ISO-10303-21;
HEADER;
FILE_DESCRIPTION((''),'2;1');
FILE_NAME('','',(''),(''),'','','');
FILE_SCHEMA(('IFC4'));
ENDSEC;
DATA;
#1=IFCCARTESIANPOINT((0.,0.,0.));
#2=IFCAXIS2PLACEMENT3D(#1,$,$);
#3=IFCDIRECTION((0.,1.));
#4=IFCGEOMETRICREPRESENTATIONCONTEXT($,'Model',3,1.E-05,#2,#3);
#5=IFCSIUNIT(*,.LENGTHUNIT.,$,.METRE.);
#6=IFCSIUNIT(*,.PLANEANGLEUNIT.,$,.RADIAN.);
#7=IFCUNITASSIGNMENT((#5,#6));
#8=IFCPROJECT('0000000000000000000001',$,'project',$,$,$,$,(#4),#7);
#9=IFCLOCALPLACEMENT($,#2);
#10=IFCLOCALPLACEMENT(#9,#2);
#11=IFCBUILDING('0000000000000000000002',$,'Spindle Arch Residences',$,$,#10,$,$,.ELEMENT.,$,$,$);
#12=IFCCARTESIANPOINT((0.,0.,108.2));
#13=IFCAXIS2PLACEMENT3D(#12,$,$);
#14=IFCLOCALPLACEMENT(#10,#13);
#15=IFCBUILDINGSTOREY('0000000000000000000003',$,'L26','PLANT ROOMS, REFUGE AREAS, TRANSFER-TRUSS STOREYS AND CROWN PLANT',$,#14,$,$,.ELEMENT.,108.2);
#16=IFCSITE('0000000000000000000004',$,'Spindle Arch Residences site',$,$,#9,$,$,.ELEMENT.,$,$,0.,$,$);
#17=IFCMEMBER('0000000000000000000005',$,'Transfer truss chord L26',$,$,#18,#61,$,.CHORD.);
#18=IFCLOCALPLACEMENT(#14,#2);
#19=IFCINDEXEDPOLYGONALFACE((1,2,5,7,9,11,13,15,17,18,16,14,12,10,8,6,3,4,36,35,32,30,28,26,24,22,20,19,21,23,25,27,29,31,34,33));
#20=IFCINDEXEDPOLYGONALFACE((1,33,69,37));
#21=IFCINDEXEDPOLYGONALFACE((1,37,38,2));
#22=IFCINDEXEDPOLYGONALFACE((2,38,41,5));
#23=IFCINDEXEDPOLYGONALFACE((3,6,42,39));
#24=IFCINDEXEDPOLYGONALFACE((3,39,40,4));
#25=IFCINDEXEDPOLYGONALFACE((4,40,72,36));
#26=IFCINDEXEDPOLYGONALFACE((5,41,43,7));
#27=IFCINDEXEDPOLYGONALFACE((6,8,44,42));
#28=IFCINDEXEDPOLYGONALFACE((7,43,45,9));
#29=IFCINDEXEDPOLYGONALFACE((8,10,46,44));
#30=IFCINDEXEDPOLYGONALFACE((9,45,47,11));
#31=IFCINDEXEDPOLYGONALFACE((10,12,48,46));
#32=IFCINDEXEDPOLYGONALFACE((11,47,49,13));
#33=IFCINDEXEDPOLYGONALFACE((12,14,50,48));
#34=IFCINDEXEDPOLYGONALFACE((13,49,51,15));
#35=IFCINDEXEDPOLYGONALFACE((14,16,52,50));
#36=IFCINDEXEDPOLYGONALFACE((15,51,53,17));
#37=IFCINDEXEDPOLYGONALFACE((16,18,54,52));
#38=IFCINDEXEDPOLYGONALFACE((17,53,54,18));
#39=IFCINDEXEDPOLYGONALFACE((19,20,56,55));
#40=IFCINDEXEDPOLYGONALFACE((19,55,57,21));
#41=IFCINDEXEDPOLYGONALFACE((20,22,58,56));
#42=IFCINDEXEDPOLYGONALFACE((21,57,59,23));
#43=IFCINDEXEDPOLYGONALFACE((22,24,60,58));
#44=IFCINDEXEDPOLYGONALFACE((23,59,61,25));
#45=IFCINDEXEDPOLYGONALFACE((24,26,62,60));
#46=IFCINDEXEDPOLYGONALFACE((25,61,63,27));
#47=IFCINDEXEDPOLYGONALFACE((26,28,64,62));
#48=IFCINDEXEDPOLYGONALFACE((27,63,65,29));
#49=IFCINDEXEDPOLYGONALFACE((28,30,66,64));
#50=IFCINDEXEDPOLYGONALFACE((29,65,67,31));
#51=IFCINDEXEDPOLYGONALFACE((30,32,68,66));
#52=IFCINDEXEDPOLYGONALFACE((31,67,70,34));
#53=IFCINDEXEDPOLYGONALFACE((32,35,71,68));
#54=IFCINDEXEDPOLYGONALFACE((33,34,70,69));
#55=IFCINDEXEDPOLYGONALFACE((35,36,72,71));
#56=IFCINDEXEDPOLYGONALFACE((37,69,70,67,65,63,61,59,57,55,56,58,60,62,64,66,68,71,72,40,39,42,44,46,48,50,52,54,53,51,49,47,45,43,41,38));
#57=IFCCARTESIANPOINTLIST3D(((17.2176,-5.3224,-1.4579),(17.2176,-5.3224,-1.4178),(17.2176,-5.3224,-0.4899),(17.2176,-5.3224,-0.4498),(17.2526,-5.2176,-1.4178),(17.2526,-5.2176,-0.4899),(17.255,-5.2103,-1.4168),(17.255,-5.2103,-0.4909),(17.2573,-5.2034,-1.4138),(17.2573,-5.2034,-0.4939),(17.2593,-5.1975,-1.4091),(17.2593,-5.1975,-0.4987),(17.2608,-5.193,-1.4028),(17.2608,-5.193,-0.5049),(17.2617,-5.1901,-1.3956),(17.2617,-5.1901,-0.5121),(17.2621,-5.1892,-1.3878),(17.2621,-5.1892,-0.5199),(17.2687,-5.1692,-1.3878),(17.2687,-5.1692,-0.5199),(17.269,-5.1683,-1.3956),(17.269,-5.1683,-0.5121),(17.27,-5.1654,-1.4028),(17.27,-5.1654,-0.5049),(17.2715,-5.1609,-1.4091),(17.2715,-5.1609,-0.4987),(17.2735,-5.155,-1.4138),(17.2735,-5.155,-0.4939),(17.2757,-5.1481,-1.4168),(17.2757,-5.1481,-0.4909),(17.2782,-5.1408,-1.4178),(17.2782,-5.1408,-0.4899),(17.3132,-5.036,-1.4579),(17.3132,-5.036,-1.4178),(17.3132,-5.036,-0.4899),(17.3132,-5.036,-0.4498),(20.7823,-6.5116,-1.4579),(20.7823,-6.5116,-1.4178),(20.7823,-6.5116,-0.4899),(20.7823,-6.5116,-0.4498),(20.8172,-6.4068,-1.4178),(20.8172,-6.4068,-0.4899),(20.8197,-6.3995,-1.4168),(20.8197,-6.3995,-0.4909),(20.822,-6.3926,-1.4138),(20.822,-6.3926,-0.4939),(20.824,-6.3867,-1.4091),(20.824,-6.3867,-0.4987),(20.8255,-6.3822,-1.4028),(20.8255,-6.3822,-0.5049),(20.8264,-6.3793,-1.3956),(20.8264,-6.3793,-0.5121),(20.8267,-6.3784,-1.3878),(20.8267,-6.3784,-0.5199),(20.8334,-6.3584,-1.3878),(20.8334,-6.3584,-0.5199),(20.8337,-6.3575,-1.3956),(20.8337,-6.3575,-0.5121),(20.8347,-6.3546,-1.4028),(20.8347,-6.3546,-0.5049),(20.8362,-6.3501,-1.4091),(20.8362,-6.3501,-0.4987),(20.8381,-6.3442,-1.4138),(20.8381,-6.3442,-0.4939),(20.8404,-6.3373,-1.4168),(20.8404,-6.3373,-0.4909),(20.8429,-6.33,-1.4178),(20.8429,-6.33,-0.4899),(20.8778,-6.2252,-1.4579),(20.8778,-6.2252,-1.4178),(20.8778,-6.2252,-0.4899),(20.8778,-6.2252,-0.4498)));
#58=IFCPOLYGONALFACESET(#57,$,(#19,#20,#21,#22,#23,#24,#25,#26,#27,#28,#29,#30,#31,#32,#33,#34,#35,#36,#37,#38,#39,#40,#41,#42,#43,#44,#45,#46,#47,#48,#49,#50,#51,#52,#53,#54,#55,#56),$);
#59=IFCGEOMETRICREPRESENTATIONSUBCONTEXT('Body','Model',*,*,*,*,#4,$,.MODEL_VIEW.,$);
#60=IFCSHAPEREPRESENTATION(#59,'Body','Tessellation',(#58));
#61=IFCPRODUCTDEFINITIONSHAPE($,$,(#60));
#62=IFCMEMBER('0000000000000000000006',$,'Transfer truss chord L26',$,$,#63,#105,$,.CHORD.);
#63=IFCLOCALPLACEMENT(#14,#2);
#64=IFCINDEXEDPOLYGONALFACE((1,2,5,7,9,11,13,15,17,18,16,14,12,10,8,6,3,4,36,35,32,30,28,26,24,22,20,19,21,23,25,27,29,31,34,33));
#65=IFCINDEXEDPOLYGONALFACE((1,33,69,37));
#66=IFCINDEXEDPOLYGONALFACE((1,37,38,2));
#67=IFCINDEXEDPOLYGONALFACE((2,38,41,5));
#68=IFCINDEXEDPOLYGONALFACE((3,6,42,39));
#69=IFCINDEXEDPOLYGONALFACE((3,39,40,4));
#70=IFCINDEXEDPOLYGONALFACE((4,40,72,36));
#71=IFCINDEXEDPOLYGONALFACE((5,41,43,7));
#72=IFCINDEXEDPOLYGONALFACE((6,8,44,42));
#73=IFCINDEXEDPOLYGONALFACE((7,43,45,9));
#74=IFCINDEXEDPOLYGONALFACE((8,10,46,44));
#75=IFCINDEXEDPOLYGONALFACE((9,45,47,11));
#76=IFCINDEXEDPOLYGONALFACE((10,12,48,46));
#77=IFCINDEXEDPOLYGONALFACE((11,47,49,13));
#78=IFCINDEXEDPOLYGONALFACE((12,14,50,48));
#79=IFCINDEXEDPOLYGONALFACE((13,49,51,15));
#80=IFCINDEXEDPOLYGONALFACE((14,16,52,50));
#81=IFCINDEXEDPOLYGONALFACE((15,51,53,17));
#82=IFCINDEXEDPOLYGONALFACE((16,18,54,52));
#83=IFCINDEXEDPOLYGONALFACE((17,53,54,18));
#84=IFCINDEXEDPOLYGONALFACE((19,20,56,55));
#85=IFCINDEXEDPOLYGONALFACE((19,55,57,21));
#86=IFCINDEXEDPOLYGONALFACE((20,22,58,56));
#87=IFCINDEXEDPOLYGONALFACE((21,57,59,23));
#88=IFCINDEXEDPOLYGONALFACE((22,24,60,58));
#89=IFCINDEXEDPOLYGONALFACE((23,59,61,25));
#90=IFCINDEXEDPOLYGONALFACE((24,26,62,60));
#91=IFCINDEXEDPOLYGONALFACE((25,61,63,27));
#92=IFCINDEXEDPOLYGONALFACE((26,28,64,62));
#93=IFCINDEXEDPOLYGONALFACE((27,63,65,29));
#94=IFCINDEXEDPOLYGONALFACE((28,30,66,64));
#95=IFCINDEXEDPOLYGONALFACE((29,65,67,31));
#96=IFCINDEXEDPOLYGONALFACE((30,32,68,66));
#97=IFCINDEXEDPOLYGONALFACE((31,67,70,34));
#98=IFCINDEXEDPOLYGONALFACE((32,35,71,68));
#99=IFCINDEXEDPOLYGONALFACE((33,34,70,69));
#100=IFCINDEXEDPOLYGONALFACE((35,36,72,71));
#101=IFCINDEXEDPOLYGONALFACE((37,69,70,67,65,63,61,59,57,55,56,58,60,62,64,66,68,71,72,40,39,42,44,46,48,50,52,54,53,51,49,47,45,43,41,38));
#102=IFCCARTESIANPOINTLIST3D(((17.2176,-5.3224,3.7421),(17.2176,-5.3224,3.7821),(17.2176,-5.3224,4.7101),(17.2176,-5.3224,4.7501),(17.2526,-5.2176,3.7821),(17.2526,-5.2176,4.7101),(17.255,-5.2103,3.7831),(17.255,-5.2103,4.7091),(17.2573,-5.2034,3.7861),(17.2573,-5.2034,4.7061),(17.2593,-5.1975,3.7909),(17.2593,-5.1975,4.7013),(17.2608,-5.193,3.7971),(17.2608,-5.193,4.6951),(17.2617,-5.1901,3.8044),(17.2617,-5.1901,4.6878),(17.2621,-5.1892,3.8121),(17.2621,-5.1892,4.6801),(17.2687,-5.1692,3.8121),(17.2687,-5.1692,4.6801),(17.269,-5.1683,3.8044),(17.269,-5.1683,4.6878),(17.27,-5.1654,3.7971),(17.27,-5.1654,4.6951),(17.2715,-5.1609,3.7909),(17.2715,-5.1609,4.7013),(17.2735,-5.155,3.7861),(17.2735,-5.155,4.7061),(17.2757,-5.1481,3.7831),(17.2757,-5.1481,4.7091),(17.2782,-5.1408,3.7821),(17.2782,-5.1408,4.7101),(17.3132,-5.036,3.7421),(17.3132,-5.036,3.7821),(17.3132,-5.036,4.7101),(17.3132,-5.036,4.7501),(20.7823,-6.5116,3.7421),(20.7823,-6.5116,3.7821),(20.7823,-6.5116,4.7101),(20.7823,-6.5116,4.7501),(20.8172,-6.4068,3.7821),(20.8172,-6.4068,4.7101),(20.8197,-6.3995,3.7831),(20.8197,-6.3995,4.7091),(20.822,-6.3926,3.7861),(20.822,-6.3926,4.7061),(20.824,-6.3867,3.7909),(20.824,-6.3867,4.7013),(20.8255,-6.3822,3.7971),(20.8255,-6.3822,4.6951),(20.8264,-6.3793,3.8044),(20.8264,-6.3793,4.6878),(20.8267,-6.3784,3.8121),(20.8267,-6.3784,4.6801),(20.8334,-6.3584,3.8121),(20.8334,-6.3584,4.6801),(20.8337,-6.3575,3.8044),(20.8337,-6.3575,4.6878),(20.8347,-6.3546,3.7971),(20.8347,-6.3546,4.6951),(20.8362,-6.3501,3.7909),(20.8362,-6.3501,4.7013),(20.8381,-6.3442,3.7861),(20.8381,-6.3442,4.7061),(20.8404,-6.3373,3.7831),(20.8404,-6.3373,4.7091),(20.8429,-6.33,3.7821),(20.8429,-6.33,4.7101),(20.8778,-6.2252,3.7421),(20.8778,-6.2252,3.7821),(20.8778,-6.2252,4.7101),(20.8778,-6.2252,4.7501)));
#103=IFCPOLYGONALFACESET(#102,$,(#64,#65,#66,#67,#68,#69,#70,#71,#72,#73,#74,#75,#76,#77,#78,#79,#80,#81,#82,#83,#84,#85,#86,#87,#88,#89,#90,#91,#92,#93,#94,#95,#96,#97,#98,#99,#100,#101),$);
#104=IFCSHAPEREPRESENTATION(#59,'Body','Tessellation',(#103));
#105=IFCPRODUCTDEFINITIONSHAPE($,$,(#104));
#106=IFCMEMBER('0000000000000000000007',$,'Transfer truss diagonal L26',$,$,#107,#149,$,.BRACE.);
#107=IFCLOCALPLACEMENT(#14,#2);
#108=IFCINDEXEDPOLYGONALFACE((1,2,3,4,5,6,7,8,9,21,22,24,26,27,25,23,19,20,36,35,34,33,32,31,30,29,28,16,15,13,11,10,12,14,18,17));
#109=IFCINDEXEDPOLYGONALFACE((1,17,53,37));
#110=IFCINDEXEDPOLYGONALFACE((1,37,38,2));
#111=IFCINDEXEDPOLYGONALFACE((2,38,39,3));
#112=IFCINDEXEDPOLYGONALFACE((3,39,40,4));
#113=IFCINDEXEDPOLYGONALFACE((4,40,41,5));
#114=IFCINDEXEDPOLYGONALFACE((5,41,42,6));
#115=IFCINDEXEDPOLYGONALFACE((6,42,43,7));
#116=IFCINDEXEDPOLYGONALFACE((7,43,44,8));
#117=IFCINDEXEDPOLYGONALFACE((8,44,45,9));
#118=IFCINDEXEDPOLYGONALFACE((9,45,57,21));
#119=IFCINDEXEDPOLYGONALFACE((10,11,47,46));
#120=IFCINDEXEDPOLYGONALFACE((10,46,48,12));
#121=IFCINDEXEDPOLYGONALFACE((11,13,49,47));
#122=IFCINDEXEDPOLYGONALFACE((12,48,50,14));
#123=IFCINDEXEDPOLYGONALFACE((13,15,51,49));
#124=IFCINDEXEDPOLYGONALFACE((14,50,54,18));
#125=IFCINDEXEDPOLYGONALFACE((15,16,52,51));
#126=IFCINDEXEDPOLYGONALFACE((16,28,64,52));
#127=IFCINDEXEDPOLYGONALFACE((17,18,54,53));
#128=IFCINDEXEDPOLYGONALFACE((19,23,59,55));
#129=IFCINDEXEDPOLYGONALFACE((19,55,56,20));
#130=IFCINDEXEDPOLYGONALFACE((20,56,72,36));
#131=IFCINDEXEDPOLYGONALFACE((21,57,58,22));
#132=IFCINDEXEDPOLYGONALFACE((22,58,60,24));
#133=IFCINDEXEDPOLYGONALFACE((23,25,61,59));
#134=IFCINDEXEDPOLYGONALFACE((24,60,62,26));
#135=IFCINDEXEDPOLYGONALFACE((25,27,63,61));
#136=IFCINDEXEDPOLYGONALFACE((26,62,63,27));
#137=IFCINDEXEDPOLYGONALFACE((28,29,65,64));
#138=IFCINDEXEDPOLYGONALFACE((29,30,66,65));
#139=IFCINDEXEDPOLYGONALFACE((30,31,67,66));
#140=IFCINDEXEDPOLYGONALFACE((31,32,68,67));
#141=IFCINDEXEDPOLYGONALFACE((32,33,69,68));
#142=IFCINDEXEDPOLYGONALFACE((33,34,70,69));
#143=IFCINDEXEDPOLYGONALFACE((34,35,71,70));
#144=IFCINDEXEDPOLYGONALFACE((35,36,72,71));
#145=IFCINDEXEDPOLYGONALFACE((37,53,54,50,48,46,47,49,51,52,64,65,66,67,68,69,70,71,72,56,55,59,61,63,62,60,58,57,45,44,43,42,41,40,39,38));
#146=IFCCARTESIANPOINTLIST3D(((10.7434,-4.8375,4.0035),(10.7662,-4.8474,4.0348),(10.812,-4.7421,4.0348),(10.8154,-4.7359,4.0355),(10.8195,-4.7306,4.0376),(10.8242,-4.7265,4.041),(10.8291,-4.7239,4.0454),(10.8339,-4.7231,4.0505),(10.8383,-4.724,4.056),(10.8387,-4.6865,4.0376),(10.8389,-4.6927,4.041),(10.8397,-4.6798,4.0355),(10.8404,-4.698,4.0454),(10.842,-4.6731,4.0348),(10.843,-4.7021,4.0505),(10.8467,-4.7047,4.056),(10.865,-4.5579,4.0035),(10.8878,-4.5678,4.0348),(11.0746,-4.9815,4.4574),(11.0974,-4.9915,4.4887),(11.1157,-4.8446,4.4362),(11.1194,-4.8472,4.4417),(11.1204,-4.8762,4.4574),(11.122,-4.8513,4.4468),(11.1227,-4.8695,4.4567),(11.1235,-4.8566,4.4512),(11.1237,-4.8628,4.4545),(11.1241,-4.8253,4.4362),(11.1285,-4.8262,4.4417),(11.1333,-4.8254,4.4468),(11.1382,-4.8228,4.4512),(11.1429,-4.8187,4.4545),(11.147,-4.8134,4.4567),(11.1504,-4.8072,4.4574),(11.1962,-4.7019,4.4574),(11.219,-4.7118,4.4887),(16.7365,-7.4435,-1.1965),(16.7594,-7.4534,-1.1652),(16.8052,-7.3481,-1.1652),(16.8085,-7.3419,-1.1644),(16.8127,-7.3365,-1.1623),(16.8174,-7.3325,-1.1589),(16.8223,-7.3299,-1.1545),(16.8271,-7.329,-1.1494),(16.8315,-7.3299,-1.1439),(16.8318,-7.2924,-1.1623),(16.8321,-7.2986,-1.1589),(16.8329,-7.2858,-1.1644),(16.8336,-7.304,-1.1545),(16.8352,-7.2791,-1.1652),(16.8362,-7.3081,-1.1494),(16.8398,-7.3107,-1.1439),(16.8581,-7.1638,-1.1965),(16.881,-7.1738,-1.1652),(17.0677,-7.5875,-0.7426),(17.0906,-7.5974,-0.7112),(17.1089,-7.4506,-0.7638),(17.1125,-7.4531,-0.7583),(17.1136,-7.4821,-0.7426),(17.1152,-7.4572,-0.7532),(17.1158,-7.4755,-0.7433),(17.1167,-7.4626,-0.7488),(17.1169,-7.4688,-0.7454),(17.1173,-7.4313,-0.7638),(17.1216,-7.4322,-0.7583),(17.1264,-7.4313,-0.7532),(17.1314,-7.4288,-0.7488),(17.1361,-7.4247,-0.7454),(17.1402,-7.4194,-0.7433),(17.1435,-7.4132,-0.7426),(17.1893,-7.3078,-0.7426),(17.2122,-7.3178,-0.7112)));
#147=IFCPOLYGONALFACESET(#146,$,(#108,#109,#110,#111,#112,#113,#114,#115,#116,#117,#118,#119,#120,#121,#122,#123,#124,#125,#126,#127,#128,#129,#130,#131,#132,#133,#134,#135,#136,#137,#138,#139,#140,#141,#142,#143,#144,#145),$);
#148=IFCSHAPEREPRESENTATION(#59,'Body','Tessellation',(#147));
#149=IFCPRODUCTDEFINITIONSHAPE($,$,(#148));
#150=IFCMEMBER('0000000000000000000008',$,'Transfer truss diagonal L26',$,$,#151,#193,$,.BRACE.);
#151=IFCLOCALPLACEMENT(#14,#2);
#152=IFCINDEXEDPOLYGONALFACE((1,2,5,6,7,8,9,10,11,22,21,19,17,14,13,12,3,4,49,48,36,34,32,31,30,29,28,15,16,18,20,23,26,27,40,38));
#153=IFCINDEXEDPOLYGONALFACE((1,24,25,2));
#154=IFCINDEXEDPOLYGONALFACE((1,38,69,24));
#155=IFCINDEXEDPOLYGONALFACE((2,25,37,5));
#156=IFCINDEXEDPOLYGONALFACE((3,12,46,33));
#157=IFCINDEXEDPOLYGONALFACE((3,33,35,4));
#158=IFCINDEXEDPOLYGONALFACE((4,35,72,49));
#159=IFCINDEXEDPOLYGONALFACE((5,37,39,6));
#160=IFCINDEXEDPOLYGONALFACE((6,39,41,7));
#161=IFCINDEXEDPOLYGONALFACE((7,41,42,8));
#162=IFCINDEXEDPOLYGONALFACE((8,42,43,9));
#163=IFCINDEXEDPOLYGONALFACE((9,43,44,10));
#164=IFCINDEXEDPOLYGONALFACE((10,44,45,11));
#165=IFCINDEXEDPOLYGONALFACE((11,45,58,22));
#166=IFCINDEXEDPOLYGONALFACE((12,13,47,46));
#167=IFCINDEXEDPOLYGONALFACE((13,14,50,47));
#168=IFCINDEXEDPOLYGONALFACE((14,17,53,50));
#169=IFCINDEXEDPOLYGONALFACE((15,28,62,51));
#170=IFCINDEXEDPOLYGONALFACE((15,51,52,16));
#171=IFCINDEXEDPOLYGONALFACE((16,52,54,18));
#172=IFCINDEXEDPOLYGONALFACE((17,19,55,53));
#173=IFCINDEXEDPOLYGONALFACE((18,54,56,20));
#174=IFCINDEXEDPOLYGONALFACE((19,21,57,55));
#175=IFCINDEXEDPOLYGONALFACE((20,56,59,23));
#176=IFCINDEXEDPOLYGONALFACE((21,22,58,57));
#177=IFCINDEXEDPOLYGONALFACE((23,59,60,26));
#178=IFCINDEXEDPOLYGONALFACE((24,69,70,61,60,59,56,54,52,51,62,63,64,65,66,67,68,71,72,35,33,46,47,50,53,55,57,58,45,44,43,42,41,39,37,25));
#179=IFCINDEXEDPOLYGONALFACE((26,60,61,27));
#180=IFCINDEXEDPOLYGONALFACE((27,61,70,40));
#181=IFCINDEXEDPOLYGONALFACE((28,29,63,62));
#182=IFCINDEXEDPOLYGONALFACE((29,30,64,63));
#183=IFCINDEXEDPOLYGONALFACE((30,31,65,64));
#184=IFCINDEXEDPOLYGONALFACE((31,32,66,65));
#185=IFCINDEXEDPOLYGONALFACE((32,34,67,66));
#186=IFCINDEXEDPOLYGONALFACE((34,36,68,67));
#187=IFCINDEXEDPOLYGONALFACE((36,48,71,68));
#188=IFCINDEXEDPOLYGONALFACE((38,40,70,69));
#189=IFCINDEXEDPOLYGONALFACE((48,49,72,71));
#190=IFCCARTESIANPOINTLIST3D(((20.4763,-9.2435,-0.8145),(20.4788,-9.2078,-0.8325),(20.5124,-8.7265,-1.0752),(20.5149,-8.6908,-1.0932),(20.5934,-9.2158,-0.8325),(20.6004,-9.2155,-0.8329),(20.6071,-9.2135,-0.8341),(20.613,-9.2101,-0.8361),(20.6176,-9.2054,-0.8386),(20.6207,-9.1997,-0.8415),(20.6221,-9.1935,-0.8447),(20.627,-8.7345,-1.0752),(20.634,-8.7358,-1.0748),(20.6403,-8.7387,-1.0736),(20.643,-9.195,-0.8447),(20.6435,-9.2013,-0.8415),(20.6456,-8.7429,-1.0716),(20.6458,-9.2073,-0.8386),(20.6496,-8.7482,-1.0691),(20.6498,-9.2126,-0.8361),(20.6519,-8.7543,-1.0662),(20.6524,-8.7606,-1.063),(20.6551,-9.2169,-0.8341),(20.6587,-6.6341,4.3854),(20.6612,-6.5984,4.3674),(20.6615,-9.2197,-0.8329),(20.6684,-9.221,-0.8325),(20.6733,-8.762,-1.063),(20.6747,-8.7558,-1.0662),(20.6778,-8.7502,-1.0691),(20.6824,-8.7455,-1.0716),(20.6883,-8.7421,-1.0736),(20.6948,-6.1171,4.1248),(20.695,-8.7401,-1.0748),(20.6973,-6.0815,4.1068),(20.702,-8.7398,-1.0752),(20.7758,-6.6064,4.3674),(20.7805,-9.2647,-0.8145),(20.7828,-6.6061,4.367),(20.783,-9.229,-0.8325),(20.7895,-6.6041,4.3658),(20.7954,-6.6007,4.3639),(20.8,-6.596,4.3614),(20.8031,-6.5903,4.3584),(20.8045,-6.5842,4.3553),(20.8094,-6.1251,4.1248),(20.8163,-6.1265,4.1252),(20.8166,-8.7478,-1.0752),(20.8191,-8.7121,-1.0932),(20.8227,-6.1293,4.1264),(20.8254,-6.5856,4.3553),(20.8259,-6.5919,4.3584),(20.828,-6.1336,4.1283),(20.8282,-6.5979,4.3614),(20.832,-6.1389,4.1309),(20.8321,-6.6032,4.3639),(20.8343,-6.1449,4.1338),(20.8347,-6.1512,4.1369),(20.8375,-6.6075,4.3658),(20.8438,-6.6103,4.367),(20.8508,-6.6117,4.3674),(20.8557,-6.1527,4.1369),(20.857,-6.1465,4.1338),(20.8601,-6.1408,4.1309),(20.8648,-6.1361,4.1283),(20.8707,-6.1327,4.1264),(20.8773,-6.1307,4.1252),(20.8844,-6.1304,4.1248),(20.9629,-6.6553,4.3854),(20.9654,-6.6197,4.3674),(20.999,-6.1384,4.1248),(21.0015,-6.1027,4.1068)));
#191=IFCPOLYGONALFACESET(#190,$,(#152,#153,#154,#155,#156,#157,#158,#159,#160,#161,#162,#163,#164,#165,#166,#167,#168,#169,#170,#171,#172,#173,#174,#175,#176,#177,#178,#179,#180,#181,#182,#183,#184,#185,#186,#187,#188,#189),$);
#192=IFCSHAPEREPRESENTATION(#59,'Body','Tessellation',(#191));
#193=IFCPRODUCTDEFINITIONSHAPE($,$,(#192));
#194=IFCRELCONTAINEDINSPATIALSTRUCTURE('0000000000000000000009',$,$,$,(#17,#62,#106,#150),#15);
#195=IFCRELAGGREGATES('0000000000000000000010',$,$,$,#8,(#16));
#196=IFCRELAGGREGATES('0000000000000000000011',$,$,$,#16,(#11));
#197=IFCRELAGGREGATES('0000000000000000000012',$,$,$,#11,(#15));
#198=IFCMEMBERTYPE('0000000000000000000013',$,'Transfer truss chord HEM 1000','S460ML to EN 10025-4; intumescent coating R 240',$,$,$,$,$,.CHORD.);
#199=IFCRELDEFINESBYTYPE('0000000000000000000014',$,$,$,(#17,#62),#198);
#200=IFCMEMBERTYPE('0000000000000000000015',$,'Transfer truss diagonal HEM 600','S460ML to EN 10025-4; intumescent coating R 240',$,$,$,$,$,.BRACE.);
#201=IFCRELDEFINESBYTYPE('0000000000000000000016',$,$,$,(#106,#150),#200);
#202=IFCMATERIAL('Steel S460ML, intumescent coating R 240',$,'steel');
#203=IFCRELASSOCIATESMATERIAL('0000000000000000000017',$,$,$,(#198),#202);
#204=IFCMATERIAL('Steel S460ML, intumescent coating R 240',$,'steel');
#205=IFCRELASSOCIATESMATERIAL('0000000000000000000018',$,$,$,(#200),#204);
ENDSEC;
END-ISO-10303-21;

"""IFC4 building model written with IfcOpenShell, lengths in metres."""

from ifc_helpers import new_model, si_unit, direction, frame, origin, origin_2d, place, context, subcontext, project, spatial, i_section, extrude, material, material_profile, profile_set, type_object, element, save


model = new_model("IFC4")

# Units and contexts
model_context = context("Model", 3, precision=1e-05, world=origin(), true_north=direction((0.0, 1.0)))
body_context = subcontext(model_context, "Body", "Model", "MODEL_VIEW")
ifc_project = project(units=[si_unit("LENGTHUNIT", "METRE"), si_unit("PLANEANGLEUNIT", "RADIAN")], contexts=[model_context])

# Site, building, storey
site_placement = place(None, origin())
site = spatial("IfcSite", under=ifc_project, at=site_placement, Name="Spindle Arch Residences site", CompositionType="ELEMENT", RefElevation=0.0)
building_placement = place(site_placement, origin())
building = spatial("IfcBuilding", under=site, at=building_placement, Name="Spindle Arch Residences", CompositionType="ELEMENT")
storey_placement = place(building_placement, frame((0.0, 0.0, 108.2)))
storey = spatial("IfcBuildingStorey", under=building, at=storey_placement, Name="L26", Description="PLANT ROOMS, REFUGE AREAS, TRANSFER-TRUSS STOREYS AND CROWN PLANT", CompositionType="ELEMENT", Elevation=108.2)

# Members
ifc_material_1 = material(Name="Steel S460ML, intumescent coating R 240", Category="steel")
ifc_material_profile_1 = material_profile(ifc_material_1, i_section(OverallWidth=0.302, OverallDepth=1.0081, WebThickness=0.021, FlangeThickness=0.04, FilletRadius=0.03, at=origin_2d()), Name="HEM 1000")
ifc_profile_set_1 = profile_set([ifc_material_profile_1], Name="Steel S460ML, intumescent coating R 240")
member_type_1 = type_object("IfcMemberType", Name="Transfer truss chord HEM 1000", Description="S460ML to EN 10025-4; intumescent coating R 240", PredefinedType="CHORD", material=ifc_profile_set_1)
for number, where, z_axis, x_axis, name in (
    (1, (17.2654, -5.1792, -0.9539), (0.948605, -0.316462, 0.0), (0.316462, 0.948605, 0.0), "Transfer truss chord L26"),
    (2, (17.2654, -5.1792, 4.2461), (0.948605, -0.316462, 0.0), (0.316462, 0.948605, 0.0), "Transfer truss chord L26"),
):
    element("IfcMember", number, at=place(storey_placement, frame(where, z_axis=z_axis, x_axis=x_axis)), inside=storey, type_object=member_type_1, Name=name, PredefinedType="CHORD", context=body_context, shape_type="SweptSolid", body=[
        extrude(i_section(OverallWidth=0.302, OverallDepth=1.0081, WebThickness=0.021, FlangeThickness=0.04, FilletRadius=0.03, at=origin_2d()), origin(), (0.0, 0.0, 1.0), 3.7578),
    ])
ifc_material_2 = material(Name="Steel S460ML, intumescent coating R 240", Category="steel")
ifc_material_profile_2 = material_profile(ifc_material_2, i_section(OverallWidth=0.3049, OverallDepth=0.6201, WebThickness=0.021, FlangeThickness=0.04, FilletRadius=0.0271, at=origin_2d()), Name="HEM 600")
ifc_profile_set_2 = profile_set([ifc_material_profile_2], Name="Steel S460ML, intumescent coating R 240")
member_type_2 = type_object("IfcMemberType", Name="Transfer truss diagonal HEM 600", Description="S460ML to EN 10025-4; intumescent coating R 240", PredefinedType="BRACE", material=ifc_profile_set_2)
member_1_placement = place(storey_placement, frame((16.9744, -7.3806, -0.9539), z_axis=(-0.71761, 0.312032, 0.622632), x_axis=(-0.398756, -0.917057, 0.0)))
element("IfcMember", 3, at=member_1_placement, inside=storey, type_object=member_type_2, Name="Transfer truss diagonal L26", PredefinedType="BRACE", context=body_context, shape_type="SweptSolid", body=[
    extrude(i_section(OverallWidth=0.3049, OverallDepth=0.6201, WebThickness=0.021, FlangeThickness=0.04, FilletRadius=0.0271, at=origin_2d()), origin(), (0.0, 0.0, 1.0), 8.3516),
])
member_2_placement = place(storey_placement, frame((20.6477, -8.9778, -0.9539), z_axis=(0.031331, 0.448285, 0.893341), x_axis=(-0.997567, 0.069721, 0.0)))
element("IfcMember", 4, at=member_2_placement, inside=storey, type_object=member_type_2, Name="Transfer truss diagonal L26", PredefinedType="BRACE", context=body_context, shape_type="SweptSolid", body=[
    extrude(i_section(OverallWidth=0.3049, OverallDepth=0.6201, WebThickness=0.021, FlangeThickness=0.04, FilletRadius=0.0271, at=origin_2d()), origin(), (0.0, 0.0, 1.0), 5.8208),
])

save(model, "model.ifc")
